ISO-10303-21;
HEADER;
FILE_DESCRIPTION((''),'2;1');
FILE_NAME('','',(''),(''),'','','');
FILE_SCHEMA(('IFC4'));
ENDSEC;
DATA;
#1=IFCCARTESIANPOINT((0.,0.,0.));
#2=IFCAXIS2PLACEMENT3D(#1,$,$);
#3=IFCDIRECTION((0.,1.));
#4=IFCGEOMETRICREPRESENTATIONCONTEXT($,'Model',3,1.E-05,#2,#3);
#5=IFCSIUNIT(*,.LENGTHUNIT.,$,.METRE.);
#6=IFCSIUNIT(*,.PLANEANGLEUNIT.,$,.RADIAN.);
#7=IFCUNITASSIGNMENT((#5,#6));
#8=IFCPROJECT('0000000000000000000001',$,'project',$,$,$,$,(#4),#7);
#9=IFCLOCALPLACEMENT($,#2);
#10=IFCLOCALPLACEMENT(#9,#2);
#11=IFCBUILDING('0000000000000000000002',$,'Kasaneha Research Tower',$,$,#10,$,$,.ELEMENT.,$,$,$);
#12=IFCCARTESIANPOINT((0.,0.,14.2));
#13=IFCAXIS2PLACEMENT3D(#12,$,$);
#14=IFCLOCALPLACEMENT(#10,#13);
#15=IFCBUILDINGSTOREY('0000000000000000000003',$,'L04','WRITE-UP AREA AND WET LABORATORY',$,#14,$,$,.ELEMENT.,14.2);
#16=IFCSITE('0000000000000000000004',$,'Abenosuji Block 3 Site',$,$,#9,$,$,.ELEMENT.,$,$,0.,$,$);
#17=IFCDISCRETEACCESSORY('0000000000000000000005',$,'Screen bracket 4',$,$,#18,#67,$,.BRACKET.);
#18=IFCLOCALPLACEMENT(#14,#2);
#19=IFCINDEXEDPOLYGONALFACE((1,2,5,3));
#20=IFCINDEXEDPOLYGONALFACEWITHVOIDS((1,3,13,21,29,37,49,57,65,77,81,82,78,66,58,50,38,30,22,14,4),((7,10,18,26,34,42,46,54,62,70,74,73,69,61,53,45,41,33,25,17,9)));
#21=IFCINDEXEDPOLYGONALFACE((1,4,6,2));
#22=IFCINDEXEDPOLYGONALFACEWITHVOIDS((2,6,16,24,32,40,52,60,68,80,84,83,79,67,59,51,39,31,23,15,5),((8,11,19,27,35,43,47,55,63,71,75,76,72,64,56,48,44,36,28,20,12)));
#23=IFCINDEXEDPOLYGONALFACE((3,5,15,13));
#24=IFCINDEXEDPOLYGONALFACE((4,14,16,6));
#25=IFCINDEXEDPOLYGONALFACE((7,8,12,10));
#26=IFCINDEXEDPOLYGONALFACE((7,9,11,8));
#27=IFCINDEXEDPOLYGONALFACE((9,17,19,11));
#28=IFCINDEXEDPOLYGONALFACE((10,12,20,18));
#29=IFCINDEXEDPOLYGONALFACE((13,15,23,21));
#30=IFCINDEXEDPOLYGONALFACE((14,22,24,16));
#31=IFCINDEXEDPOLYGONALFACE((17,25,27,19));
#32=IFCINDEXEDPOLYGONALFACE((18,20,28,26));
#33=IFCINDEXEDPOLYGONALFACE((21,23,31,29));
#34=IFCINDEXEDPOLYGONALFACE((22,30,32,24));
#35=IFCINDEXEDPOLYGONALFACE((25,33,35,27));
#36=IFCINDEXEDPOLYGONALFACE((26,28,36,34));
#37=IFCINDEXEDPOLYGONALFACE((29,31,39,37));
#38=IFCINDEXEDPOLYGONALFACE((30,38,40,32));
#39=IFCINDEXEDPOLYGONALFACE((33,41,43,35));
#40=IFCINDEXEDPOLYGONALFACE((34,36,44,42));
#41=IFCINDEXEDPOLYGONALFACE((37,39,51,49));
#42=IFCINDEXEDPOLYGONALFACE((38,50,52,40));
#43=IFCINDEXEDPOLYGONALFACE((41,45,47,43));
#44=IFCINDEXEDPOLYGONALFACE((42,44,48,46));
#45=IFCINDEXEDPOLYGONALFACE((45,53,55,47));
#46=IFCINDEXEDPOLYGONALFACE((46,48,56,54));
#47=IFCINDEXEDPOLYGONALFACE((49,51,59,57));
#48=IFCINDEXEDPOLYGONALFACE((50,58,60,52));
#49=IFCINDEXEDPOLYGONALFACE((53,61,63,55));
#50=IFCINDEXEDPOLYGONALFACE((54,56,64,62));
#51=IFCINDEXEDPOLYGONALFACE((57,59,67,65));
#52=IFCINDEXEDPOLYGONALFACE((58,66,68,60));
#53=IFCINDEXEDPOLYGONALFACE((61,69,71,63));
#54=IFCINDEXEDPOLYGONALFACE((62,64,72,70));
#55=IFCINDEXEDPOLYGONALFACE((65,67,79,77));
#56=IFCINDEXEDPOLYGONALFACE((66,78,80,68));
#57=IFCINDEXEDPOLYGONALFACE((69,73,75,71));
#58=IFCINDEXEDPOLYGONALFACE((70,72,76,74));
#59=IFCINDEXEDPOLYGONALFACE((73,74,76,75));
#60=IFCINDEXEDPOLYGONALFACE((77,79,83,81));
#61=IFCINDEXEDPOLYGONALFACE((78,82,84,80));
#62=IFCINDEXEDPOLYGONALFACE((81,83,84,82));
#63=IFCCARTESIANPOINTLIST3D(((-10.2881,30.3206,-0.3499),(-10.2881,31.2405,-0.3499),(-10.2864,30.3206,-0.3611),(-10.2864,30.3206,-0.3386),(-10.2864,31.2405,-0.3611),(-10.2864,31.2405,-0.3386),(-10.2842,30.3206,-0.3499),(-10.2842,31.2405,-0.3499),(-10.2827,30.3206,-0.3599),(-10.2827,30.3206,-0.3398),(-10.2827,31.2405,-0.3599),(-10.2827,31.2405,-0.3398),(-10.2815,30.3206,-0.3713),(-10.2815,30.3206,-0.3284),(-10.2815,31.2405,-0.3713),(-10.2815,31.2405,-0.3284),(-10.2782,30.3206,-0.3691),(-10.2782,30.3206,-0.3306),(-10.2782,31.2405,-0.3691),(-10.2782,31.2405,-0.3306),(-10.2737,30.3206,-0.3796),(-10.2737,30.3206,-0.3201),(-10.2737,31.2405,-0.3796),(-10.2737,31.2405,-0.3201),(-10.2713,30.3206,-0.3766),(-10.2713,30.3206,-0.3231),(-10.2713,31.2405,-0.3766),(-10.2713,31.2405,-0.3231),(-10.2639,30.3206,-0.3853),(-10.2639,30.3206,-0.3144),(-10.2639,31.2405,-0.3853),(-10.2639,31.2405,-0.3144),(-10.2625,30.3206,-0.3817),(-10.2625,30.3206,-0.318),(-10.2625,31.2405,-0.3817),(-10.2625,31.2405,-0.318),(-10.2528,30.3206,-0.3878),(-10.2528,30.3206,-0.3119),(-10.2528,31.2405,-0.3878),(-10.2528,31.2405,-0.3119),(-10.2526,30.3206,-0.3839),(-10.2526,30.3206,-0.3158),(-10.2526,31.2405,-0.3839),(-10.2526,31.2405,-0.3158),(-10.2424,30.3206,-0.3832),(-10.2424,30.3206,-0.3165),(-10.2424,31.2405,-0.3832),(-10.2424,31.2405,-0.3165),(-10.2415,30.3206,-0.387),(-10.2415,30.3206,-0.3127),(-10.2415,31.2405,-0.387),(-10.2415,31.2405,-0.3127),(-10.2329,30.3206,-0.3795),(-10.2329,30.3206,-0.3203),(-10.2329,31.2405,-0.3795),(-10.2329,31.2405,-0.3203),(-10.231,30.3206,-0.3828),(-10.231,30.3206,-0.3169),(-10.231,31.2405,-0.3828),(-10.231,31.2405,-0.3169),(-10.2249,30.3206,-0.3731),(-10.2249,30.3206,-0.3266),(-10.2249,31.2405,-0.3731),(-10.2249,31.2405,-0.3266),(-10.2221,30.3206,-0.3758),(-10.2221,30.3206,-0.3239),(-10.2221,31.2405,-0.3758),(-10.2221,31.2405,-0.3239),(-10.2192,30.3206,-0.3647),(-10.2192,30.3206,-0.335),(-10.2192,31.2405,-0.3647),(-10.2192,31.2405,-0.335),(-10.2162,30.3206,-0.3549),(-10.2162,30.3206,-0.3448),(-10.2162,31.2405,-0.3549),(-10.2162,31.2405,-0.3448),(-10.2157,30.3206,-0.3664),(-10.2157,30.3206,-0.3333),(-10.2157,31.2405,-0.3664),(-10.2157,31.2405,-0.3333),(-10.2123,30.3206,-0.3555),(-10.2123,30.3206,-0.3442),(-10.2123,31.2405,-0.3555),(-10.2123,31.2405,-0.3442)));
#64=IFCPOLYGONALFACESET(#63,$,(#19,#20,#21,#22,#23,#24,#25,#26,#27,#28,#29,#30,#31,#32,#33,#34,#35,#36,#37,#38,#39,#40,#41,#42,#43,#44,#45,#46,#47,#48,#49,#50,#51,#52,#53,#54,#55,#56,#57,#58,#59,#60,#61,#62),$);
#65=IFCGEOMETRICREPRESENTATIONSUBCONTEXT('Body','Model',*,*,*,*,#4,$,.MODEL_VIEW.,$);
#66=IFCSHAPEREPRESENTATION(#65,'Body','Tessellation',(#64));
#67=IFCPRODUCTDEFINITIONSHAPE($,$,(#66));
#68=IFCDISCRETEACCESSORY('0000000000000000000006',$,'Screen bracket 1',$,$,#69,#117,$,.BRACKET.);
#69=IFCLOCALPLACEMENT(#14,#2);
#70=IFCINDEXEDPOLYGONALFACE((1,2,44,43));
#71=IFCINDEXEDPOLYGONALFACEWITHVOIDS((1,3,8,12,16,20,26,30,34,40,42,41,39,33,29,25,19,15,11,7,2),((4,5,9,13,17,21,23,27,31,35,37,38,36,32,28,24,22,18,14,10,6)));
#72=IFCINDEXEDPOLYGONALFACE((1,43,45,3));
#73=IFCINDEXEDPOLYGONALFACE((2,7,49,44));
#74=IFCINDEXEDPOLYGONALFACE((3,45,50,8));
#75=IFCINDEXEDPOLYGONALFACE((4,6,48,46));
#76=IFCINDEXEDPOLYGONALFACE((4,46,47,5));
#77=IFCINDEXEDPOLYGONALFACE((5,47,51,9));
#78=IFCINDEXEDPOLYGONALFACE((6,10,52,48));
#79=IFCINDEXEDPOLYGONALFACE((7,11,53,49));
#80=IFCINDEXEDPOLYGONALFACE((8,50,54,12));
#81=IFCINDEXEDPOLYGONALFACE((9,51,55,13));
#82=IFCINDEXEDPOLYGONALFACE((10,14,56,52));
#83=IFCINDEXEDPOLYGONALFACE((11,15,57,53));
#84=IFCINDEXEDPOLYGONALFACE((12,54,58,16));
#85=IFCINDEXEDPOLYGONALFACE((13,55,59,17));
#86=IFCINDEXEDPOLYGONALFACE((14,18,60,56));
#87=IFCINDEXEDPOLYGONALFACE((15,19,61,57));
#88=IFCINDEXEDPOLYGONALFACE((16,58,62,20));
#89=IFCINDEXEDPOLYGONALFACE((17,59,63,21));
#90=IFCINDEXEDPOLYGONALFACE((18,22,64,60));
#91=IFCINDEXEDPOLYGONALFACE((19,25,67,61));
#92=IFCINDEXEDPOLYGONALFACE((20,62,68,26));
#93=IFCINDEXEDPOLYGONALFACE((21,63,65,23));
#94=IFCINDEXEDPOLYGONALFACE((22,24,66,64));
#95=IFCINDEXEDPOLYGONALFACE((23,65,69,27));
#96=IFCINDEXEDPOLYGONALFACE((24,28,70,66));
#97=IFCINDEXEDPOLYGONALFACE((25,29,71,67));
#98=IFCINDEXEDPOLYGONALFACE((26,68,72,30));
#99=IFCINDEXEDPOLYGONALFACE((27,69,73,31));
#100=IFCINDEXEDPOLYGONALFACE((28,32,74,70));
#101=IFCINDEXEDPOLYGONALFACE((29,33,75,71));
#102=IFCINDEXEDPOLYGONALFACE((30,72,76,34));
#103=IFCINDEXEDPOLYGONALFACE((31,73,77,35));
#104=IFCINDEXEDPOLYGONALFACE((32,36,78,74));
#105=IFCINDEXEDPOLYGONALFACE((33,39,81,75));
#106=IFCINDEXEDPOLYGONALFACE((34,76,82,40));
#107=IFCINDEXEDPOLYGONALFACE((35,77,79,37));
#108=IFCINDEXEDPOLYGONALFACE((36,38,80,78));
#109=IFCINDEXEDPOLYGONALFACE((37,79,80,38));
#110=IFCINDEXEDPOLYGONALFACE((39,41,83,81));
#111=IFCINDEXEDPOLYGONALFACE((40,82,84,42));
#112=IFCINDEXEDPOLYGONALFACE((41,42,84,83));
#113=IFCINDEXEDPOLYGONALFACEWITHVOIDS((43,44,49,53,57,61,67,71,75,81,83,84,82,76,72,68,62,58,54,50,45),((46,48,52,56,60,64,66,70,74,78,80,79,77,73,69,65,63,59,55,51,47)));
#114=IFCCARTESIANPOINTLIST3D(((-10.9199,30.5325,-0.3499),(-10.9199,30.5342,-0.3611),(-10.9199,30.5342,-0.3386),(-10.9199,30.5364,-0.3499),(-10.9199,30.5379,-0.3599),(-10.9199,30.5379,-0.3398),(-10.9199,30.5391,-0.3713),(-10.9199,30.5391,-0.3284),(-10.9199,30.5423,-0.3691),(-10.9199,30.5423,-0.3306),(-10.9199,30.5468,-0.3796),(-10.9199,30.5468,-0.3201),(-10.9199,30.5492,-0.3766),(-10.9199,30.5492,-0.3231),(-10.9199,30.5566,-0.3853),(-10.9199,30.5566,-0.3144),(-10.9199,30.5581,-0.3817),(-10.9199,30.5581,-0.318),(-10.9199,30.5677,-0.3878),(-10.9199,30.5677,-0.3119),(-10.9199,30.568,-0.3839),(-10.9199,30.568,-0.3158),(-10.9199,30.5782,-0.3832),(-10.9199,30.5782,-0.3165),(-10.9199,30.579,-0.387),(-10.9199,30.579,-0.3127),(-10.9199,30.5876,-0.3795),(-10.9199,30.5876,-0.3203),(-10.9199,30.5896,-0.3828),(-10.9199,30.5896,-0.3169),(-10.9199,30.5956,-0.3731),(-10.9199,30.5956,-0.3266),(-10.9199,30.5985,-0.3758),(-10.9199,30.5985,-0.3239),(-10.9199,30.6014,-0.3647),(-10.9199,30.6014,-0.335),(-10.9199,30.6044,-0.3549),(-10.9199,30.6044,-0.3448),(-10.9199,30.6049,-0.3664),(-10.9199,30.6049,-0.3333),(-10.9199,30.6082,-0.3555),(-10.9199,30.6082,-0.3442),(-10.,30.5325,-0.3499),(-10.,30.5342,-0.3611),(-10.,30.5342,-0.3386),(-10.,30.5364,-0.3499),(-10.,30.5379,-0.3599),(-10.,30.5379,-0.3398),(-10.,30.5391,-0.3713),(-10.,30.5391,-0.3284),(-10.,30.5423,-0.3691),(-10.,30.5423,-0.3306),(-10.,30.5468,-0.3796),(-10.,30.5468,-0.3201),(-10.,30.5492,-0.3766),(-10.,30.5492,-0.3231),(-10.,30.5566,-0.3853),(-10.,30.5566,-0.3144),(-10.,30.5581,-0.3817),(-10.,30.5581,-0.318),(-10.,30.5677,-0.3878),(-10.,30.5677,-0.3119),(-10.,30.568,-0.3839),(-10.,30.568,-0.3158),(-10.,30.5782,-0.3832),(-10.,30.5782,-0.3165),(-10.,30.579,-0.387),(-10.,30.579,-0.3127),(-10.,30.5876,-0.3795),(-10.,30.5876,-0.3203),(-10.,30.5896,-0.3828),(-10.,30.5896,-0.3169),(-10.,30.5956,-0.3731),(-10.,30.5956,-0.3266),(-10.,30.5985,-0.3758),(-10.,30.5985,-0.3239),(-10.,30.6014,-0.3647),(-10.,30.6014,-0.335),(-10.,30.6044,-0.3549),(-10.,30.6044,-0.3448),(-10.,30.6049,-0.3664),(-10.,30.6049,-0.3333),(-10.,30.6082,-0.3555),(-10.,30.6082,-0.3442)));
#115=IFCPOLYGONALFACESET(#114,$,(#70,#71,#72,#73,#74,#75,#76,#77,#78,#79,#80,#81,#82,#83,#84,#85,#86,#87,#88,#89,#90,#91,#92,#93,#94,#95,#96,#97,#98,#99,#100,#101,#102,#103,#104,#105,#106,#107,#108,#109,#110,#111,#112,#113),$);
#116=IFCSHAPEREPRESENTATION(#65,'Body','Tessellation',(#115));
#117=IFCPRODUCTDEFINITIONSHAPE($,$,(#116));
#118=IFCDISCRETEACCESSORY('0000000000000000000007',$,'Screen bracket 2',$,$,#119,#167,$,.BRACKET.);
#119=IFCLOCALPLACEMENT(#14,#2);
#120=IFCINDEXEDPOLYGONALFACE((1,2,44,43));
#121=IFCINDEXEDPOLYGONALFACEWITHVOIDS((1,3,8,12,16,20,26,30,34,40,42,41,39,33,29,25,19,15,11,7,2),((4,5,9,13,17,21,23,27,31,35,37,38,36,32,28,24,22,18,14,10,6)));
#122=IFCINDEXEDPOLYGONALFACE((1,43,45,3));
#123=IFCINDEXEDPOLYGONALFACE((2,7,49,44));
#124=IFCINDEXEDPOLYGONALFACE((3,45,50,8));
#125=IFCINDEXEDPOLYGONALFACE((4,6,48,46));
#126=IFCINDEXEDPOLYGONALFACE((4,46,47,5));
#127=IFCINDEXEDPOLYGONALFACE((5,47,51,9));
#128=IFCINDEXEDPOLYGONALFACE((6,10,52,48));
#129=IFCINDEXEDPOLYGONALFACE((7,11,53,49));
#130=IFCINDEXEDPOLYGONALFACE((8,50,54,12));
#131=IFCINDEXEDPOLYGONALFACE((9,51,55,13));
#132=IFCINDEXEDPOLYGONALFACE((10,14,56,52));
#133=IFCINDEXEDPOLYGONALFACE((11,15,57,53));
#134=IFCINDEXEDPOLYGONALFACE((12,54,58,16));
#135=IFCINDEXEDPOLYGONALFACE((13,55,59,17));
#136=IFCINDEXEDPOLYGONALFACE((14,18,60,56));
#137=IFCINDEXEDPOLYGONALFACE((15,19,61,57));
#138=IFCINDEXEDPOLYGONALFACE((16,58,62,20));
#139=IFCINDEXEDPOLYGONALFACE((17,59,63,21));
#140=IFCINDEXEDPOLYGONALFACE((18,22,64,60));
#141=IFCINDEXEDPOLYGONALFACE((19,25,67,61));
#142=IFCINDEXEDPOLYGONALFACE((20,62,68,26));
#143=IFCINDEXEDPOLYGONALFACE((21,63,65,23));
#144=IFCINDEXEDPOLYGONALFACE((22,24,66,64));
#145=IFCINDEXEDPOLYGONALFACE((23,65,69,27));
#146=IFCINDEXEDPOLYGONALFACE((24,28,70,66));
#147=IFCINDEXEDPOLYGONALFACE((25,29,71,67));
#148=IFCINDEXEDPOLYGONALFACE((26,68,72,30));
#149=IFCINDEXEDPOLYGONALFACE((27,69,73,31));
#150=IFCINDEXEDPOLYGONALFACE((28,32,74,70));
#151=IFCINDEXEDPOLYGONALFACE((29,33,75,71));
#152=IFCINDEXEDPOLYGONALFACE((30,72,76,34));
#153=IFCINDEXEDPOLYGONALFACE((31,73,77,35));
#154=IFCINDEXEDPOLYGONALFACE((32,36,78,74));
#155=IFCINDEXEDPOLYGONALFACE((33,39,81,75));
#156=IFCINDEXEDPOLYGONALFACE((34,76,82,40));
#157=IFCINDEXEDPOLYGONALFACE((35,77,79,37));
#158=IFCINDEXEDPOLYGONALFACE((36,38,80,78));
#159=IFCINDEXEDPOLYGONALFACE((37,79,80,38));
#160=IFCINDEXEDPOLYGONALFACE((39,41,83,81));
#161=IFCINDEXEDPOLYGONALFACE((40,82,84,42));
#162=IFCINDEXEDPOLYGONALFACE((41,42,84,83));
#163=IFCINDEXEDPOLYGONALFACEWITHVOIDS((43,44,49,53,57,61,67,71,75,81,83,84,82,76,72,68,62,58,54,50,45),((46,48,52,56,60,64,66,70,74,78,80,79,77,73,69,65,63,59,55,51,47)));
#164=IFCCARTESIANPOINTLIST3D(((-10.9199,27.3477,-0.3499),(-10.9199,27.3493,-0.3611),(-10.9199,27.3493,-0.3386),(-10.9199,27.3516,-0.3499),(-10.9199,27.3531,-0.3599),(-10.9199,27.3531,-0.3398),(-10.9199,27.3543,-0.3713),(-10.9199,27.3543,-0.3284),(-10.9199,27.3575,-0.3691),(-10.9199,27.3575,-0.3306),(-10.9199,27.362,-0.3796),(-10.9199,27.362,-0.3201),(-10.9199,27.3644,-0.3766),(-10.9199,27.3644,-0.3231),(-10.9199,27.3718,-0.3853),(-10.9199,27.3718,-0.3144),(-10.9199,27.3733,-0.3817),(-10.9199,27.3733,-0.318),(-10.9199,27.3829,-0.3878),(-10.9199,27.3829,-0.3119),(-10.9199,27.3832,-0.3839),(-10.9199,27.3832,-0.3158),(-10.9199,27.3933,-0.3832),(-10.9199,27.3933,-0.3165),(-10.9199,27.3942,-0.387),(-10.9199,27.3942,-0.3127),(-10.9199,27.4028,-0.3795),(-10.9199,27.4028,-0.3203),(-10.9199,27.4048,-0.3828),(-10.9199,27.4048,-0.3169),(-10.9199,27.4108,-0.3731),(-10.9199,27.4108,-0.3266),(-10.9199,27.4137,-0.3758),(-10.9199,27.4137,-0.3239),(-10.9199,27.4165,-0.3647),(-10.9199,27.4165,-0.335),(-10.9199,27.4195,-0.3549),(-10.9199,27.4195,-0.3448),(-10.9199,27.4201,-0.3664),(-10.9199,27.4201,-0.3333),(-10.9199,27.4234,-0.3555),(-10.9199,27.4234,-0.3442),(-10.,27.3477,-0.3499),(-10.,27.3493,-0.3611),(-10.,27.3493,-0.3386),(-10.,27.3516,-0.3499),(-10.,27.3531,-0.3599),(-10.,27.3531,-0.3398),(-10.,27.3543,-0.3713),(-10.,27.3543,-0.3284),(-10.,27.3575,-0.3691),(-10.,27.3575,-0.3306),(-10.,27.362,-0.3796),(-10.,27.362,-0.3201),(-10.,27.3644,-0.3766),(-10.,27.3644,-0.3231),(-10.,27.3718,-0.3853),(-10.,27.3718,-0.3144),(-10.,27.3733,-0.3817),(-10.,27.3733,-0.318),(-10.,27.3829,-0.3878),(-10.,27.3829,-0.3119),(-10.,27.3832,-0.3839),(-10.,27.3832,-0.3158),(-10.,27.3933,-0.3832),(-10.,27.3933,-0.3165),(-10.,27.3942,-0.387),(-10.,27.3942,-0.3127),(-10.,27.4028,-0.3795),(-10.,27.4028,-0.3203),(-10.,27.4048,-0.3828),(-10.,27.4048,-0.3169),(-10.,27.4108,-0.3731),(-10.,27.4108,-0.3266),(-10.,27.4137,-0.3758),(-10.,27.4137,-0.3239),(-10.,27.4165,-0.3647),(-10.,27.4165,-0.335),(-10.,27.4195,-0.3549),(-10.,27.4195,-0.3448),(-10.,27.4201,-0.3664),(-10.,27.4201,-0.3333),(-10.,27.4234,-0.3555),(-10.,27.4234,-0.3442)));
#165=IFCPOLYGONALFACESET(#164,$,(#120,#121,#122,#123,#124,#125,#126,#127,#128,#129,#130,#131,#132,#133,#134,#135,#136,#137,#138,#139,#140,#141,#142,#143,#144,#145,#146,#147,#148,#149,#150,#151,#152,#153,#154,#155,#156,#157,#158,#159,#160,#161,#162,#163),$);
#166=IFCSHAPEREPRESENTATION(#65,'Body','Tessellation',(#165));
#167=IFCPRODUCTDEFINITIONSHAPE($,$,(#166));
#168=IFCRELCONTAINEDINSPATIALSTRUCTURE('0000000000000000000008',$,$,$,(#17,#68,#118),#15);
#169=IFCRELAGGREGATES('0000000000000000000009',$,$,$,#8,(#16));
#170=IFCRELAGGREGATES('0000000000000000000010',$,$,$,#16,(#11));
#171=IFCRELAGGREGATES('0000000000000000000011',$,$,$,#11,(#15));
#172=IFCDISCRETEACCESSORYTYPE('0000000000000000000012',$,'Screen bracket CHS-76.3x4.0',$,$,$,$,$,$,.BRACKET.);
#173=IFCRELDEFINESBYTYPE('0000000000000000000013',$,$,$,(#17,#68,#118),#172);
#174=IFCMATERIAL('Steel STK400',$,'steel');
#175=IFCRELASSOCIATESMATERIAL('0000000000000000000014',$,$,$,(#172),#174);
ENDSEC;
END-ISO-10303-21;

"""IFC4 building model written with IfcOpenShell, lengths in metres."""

from ifc_helpers import new_model, si_unit, direction, frame, origin, origin_2d, place, context, subcontext, project, spatial, hollow_circle, extrude, material, material_profile, profile_set, type_object, element, save


model = new_model("IFC4")

# Units and contexts
model_context = context("Model", 3, precision=1e-05, world=origin(), true_north=direction((0.0, 1.0)))
body_context = subcontext(model_context, "Body", "Model", "MODEL_VIEW")
ifc_project = project(units=[si_unit("LENGTHUNIT", "METRE"), si_unit("PLANEANGLEUNIT", "RADIAN")], contexts=[model_context])

# Site, building, storey
site_placement = place(None, origin())
site = spatial("IfcSite", under=ifc_project, at=site_placement, Name="Abenosuji Block 3 Site", CompositionType="ELEMENT", RefElevation=0.0)
building_placement = place(site_placement, origin())
building = spatial("IfcBuilding", under=site, at=building_placement, Name="Kasaneha Research Tower", CompositionType="ELEMENT")
storey_placement = place(building_placement, frame((0.0, 0.0, 14.2)))
storey = spatial("IfcBuildingStorey", under=building, at=storey_placement, Name="L04", Description="WRITE-UP AREA AND WET LABORATORY", CompositionType="ELEMENT", Elevation=14.2)

# Discrete accessories
ifc_material_1 = material(Name="Steel STK400", Category="steel")
ifc_material_profile_1 = material_profile(ifc_material_1, hollow_circle(Radius=0.0381, WallThickness=0.0039, at=origin_2d()), Name="CHS-76.3x4.0")
ifc_profile_set_1 = profile_set([ifc_material_profile_1], Name="Steel STK400")
discrete_accessory_type = type_object("IfcDiscreteAccessoryType", Name="Screen bracket CHS-76.3x4.0", PredefinedType="BRACKET", material=ifc_profile_set_1)
for number, where, z_axis, x_axis, name in (
    (1, (-10.25, 30.3206, -0.3499), (0.0, 1.0, 0.0), (-1.0, 0.0, 0.0), "Screen bracket 4"),
    (2, (-10.0, 30.5706, -0.3499), (-1.0, 0.0, 0.0), (0.0, -1.0, 0.0), "Screen bracket 1"),
    (3, (-10.0, 27.3857, -0.3499), (-1.0, 0.0, 0.0), (0.0, -1.0, 0.0), "Screen bracket 2"),
):
    element("IfcDiscreteAccessory", number, at=place(storey_placement, frame(where, z_axis=z_axis, x_axis=x_axis)), inside=storey, type_object=discrete_accessory_type, Name=name, PredefinedType="BRACKET", context=body_context, shape_type="SweptSolid", body=[
        extrude(hollow_circle(Radius=0.0381, WallThickness=0.0039, at=origin_2d()), origin(), (0.0, 0.0, 1.0), 0.9199),
    ])

save(model, "model.ifc")
